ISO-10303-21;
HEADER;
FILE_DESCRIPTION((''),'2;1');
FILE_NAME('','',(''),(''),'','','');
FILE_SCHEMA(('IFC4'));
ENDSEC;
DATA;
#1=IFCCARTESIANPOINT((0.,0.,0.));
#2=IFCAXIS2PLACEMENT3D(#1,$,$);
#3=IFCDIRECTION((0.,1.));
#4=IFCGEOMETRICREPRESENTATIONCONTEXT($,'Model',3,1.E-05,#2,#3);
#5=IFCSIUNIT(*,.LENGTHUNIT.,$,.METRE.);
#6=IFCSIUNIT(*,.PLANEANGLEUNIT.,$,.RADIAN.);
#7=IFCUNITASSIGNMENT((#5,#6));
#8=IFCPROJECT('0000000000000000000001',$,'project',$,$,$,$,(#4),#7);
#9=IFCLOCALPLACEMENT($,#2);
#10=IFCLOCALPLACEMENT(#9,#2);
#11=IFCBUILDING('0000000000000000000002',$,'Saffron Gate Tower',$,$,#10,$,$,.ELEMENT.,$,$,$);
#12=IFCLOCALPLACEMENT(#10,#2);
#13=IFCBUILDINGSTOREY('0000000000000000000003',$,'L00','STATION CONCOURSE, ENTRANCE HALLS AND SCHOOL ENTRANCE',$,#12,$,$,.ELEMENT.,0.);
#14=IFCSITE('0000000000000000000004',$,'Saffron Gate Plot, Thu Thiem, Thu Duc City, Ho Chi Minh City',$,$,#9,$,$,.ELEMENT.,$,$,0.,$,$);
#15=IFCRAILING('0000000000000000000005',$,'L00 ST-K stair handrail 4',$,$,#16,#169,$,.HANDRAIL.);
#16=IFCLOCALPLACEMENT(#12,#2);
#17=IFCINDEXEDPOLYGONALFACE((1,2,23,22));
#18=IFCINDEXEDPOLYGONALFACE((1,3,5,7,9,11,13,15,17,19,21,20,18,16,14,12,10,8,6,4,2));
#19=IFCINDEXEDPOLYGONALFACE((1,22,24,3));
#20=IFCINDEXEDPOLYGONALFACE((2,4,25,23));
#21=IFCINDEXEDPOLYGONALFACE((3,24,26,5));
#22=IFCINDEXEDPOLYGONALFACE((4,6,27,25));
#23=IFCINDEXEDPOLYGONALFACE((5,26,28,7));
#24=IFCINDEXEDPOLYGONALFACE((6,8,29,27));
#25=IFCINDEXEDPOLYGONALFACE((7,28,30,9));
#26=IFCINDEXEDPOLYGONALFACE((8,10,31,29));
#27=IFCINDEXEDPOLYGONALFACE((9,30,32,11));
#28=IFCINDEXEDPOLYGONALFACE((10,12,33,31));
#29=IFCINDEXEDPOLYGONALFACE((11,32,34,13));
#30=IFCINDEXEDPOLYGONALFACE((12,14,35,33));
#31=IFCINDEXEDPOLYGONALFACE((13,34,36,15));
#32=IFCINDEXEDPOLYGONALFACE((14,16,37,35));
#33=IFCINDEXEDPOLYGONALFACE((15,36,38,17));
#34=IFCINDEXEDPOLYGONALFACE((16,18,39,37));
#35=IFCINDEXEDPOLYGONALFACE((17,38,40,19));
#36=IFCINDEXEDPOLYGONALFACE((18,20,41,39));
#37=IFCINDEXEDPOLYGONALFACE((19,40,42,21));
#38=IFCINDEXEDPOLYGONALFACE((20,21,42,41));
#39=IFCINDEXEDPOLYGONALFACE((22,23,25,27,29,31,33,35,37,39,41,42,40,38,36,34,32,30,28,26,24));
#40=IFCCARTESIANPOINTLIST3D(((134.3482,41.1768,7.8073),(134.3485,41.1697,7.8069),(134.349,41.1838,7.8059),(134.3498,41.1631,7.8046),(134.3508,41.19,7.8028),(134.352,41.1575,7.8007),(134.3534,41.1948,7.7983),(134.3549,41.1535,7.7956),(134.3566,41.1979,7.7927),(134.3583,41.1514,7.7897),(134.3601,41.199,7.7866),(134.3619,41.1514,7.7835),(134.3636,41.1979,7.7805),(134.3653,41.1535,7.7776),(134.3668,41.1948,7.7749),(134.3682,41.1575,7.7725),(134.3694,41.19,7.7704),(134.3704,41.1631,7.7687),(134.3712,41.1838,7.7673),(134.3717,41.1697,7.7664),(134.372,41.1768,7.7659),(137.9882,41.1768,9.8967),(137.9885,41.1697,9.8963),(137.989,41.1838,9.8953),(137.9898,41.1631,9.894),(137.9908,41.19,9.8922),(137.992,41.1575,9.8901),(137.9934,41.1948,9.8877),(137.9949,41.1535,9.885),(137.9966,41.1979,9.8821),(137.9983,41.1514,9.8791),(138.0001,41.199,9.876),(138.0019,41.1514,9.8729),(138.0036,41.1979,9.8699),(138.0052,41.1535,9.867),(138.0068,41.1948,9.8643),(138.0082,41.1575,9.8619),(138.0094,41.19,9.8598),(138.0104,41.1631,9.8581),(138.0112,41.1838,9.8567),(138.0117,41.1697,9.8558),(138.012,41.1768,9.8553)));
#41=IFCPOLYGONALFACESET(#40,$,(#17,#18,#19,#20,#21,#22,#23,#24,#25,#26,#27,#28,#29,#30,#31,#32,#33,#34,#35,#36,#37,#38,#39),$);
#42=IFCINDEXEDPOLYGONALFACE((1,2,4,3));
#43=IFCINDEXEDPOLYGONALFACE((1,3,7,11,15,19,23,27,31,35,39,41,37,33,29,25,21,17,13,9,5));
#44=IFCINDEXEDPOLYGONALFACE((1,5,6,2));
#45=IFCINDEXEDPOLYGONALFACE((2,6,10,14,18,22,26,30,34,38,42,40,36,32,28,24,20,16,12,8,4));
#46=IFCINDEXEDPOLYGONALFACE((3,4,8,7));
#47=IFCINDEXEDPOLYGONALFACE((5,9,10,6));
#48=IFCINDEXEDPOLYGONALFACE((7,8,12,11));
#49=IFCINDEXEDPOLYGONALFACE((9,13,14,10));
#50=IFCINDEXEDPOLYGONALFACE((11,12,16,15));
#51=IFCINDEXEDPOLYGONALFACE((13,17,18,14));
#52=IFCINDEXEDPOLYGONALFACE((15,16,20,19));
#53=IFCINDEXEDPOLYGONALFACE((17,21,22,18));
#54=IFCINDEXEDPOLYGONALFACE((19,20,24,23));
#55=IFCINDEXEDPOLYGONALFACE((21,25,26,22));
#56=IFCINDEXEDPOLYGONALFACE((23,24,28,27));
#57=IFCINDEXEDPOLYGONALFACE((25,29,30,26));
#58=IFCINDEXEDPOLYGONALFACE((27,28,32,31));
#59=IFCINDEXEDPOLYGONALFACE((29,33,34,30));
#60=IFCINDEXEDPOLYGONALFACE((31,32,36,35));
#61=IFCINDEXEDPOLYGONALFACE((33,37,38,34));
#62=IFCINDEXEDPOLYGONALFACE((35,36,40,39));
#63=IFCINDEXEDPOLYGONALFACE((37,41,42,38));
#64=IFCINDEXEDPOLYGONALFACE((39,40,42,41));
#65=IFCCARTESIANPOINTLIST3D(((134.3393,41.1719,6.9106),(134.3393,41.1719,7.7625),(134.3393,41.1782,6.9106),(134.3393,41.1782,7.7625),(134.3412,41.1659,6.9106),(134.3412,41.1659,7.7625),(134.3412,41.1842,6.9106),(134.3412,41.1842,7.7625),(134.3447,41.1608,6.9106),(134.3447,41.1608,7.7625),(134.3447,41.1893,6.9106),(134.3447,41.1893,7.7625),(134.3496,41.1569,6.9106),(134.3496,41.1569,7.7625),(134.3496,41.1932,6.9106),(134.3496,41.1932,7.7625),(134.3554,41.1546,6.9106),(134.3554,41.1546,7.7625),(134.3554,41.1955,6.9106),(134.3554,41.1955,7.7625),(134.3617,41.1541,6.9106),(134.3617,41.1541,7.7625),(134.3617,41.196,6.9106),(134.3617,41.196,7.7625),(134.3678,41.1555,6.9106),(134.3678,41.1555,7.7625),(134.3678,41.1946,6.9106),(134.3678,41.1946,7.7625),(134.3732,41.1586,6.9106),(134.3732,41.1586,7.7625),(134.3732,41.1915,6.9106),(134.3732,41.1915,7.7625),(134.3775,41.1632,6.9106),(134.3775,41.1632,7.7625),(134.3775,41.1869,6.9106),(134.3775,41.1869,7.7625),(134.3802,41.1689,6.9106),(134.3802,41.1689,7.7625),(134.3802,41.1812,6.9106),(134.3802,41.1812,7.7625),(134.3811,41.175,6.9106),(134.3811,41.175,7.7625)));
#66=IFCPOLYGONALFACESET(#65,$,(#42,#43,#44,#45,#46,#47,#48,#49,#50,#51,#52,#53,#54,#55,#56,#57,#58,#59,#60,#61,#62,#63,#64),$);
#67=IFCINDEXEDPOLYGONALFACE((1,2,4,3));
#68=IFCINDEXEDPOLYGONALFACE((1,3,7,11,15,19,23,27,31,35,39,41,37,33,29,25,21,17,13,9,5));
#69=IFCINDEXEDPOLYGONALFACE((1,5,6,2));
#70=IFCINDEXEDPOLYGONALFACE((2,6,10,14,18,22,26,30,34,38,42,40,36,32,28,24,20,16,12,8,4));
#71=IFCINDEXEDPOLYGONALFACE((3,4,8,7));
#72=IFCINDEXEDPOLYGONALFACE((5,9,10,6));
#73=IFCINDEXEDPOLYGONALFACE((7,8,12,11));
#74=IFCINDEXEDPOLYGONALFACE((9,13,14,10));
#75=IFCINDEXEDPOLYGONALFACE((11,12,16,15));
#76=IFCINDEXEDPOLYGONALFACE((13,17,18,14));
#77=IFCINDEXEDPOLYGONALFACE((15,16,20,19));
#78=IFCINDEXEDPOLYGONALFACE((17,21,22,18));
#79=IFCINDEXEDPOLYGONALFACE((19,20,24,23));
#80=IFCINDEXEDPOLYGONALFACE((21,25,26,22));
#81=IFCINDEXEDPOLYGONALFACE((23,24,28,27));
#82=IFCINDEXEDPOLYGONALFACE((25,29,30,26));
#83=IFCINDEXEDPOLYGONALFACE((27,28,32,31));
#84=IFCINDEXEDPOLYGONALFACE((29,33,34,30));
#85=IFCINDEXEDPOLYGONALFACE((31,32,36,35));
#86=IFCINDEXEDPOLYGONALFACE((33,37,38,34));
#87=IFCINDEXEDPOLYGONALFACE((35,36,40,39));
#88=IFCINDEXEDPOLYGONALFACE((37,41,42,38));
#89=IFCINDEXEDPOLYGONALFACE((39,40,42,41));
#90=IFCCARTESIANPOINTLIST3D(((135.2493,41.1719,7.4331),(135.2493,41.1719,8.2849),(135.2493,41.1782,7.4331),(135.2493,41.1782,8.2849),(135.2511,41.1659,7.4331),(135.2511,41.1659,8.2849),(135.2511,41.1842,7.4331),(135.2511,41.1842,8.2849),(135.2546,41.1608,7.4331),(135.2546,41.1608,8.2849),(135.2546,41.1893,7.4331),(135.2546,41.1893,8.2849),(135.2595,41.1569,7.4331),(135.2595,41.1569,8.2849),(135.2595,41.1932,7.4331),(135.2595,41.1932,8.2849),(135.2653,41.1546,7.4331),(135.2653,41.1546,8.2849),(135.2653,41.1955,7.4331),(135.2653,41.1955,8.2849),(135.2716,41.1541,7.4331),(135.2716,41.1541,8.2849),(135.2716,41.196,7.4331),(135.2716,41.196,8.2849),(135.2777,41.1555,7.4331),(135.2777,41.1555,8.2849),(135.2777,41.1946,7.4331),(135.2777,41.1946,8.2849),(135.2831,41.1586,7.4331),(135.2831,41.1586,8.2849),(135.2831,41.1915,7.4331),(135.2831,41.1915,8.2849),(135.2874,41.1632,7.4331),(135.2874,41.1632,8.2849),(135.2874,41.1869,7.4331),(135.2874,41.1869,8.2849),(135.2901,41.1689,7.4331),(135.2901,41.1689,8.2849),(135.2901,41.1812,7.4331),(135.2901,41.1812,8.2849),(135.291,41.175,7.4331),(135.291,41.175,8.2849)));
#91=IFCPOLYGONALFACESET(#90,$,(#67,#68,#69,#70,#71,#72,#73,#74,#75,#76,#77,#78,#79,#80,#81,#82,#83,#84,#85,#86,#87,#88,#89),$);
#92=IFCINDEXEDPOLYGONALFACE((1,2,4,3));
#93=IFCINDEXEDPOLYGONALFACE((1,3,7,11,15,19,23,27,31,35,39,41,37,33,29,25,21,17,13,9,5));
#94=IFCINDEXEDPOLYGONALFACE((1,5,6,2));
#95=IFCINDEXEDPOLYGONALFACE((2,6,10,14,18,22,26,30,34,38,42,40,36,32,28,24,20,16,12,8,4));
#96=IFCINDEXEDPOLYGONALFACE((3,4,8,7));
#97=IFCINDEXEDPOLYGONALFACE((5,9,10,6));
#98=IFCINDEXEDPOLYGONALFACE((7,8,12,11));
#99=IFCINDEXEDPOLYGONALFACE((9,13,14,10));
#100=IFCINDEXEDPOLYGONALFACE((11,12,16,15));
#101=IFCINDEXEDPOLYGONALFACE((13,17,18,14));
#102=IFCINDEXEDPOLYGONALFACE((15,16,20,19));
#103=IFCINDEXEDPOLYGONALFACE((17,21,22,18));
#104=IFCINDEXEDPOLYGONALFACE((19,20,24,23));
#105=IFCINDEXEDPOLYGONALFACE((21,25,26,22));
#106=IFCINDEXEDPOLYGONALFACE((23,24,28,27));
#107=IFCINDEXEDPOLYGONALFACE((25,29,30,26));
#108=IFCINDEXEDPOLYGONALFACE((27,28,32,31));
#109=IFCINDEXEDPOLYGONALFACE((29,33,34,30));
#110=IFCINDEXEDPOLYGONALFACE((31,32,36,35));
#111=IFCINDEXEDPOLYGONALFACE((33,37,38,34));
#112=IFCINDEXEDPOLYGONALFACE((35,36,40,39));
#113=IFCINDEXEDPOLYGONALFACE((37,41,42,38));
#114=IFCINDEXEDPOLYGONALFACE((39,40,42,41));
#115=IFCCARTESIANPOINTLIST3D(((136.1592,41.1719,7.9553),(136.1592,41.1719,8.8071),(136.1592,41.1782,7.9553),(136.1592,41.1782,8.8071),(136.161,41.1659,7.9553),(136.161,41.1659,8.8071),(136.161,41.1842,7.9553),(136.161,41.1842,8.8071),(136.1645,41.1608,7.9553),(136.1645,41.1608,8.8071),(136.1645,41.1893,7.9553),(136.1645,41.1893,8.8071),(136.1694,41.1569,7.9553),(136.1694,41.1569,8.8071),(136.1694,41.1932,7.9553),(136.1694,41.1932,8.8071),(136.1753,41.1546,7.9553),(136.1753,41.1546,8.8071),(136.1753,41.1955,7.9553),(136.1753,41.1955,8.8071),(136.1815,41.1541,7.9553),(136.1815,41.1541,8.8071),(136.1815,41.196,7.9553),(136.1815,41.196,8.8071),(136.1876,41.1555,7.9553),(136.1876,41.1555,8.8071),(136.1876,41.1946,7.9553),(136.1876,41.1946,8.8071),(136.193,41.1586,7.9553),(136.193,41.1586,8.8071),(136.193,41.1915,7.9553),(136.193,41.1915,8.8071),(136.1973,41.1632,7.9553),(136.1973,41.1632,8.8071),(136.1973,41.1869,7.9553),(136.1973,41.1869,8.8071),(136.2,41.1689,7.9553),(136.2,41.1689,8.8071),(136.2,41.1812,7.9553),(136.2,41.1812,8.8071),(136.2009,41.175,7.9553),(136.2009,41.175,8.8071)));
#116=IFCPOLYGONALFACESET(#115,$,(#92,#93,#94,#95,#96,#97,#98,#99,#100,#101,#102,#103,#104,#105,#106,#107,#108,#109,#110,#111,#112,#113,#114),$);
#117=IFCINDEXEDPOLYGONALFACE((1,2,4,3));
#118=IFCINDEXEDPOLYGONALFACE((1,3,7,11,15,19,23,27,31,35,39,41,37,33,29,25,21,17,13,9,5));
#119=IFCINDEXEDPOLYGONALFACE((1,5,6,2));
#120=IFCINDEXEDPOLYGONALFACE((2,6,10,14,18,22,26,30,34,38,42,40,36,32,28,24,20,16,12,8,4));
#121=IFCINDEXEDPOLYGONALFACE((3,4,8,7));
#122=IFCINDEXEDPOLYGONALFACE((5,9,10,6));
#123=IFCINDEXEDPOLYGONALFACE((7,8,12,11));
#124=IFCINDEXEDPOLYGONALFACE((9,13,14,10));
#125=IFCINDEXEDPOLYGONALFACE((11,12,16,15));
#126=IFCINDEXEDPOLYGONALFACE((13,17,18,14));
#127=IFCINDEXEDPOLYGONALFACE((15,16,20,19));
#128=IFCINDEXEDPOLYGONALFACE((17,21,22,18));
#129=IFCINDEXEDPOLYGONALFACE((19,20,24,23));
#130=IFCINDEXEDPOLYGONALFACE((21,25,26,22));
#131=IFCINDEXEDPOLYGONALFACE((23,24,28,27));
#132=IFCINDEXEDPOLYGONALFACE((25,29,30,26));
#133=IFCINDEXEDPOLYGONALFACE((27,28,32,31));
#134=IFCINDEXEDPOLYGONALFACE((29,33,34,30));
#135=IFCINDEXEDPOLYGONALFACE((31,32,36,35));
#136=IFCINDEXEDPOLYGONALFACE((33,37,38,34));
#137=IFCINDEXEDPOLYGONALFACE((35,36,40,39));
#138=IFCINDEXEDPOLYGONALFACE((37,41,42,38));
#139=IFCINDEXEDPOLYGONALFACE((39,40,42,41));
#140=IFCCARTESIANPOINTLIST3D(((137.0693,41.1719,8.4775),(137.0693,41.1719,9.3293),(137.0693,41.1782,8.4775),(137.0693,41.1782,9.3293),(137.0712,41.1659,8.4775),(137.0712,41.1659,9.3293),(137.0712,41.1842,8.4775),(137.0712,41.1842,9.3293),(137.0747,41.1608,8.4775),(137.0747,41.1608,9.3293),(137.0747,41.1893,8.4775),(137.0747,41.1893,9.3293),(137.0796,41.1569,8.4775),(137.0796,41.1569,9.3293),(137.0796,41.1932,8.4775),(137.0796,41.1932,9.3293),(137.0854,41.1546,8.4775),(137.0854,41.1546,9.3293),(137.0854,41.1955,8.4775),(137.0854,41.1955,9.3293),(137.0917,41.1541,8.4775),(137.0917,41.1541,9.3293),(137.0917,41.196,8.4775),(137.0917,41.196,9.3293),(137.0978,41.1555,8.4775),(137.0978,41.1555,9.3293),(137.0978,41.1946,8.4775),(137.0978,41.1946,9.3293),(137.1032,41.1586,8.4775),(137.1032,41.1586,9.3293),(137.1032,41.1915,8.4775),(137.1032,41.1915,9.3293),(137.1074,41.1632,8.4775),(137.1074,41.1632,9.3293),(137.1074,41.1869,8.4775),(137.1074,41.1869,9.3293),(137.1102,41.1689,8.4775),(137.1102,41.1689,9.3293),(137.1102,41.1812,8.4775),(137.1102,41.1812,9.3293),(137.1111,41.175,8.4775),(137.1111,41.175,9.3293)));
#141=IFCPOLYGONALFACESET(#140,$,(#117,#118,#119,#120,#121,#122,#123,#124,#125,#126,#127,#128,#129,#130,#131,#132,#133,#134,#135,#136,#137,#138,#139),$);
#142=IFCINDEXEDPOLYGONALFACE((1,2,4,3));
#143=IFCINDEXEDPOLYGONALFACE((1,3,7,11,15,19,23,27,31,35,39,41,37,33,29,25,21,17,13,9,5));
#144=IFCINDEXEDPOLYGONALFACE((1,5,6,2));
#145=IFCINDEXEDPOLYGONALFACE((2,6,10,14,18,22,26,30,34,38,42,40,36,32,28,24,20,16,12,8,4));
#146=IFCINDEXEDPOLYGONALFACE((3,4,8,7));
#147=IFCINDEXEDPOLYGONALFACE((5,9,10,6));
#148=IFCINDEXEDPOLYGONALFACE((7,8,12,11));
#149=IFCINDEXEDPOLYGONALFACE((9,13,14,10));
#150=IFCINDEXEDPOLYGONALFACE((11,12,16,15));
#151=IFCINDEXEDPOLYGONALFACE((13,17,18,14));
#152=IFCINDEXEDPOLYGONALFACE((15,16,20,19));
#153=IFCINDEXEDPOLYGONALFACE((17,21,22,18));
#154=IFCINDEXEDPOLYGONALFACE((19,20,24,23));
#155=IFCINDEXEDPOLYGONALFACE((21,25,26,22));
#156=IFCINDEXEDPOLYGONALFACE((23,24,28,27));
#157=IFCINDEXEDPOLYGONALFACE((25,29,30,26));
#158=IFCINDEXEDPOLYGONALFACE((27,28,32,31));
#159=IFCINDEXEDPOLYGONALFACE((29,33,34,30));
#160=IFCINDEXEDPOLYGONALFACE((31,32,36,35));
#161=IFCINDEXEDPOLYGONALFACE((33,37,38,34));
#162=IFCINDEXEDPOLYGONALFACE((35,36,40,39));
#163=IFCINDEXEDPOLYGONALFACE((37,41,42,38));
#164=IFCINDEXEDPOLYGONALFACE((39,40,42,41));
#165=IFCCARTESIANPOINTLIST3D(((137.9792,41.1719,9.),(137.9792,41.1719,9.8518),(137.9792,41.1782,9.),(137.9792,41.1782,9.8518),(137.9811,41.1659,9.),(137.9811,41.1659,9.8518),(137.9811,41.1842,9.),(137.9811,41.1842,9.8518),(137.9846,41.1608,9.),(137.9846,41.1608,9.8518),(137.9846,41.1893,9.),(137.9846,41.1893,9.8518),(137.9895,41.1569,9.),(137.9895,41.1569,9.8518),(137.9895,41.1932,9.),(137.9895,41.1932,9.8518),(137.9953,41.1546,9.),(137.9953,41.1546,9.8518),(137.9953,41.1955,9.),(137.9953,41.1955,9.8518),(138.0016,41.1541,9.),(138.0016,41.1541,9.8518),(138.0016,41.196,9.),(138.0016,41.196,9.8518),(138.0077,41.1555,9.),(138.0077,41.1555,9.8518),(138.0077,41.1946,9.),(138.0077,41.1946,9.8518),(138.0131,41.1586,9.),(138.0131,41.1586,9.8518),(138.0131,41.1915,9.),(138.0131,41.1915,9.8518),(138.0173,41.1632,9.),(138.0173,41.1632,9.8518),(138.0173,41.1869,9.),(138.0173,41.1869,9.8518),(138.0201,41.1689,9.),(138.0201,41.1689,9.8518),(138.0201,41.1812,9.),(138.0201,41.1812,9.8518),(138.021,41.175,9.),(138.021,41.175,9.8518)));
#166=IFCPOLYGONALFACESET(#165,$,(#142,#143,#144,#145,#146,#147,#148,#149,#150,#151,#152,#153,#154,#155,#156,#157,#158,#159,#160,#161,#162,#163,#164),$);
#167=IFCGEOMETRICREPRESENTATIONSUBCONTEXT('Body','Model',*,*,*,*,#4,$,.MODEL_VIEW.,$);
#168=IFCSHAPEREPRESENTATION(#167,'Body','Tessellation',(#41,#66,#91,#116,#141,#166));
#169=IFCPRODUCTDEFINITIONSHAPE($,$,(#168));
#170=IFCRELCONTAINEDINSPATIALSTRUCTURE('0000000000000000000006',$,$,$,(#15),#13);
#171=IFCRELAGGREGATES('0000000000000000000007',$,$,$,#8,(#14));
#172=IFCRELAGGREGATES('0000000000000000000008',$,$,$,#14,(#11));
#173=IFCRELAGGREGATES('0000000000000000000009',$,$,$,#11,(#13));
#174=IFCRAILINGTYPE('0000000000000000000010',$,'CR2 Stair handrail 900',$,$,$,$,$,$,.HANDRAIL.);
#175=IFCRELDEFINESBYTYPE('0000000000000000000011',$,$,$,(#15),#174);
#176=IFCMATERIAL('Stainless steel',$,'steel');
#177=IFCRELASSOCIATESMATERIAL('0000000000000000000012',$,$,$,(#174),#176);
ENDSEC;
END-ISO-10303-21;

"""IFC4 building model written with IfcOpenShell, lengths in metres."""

from ifc_helpers import new_model, si_unit, direction, frame, origin, origin_2d, place, context, subcontext, project, spatial, circle, extrude, material, type_object, element, save


model = new_model("IFC4")

# Units and contexts
model_context = context("Model", 3, precision=1e-05, world=origin(), true_north=direction((0.0, 1.0)))
body_context = subcontext(model_context, "Body", "Model", "MODEL_VIEW")
ifc_project = project(units=[si_unit("LENGTHUNIT", "METRE"), si_unit("PLANEANGLEUNIT", "RADIAN")], contexts=[model_context])

# Site, building, storey
site_placement = place(None, origin())
site = spatial("IfcSite", under=ifc_project, at=site_placement, Name="Saffron Gate Plot, Thu Thiem, Thu Duc City, Ho Chi Minh City", CompositionType="ELEMENT", RefElevation=0.0)
building_placement = place(site_placement, origin())
building = spatial("IfcBuilding", under=site, at=building_placement, Name="Saffron Gate Tower", CompositionType="ELEMENT")
storey_placement = place(building_placement, origin())
storey = spatial("IfcBuildingStorey", under=building, at=storey_placement, Name="L00", Description="STATION CONCOURSE, ENTRANCE HALLS AND SCHOOL ENTRANCE", CompositionType="ELEMENT", Elevation=0.0)

# Railing
ifc_material_1 = material(Name="Stainless steel", Category="steel")
railing_type_1 = type_object("IfcRailingType", Name="CR2 Stair handrail 900", PredefinedType="HANDRAIL", material=ifc_material_1)
railing_1_placement = place(storey_placement, frame((134.3601, 41.175, 6.9106)))
element("IfcRailing", 1, at=railing_1_placement, inside=storey, type_object=railing_type_1, Name="L00 ST-K stair handrail 4", PredefinedType="HANDRAIL", context=body_context, shape_type="SweptSolid", body=[
    extrude(circle(Radius=0.0239, at=origin_2d()), frame((0.0, 0.0, 0.876), z_axis=(0.867275, 0.0, 0.497829), x_axis=(0.0, 1.0, 0.0)), (0.0, 0.0, 1.0), 4.197),
    extrude(circle(Radius=0.021, at=origin_2d()), origin(), (0.0, 0.0, 1.0), 0.8518),
    extrude(circle(Radius=0.021, at=origin_2d()), frame((0.9099, 0.0, 0.5225)), (0.0, 0.0, 1.0), 0.8518),
    extrude(circle(Radius=0.021, at=origin_2d()), frame((1.8198, 0.0, 1.0447)), (0.0, 0.0, 1.0), 0.8518),
    extrude(circle(Radius=0.021, at=origin_2d()), frame((2.73, 0.0, 1.5669)), (0.0, 0.0, 1.0), 0.8518),
    extrude(circle(Radius=0.021, at=origin_2d()), frame((3.6399, 0.0, 2.0894)), (0.0, 0.0, 1.0), 0.8518),
])

save(model, "model.ifc")
